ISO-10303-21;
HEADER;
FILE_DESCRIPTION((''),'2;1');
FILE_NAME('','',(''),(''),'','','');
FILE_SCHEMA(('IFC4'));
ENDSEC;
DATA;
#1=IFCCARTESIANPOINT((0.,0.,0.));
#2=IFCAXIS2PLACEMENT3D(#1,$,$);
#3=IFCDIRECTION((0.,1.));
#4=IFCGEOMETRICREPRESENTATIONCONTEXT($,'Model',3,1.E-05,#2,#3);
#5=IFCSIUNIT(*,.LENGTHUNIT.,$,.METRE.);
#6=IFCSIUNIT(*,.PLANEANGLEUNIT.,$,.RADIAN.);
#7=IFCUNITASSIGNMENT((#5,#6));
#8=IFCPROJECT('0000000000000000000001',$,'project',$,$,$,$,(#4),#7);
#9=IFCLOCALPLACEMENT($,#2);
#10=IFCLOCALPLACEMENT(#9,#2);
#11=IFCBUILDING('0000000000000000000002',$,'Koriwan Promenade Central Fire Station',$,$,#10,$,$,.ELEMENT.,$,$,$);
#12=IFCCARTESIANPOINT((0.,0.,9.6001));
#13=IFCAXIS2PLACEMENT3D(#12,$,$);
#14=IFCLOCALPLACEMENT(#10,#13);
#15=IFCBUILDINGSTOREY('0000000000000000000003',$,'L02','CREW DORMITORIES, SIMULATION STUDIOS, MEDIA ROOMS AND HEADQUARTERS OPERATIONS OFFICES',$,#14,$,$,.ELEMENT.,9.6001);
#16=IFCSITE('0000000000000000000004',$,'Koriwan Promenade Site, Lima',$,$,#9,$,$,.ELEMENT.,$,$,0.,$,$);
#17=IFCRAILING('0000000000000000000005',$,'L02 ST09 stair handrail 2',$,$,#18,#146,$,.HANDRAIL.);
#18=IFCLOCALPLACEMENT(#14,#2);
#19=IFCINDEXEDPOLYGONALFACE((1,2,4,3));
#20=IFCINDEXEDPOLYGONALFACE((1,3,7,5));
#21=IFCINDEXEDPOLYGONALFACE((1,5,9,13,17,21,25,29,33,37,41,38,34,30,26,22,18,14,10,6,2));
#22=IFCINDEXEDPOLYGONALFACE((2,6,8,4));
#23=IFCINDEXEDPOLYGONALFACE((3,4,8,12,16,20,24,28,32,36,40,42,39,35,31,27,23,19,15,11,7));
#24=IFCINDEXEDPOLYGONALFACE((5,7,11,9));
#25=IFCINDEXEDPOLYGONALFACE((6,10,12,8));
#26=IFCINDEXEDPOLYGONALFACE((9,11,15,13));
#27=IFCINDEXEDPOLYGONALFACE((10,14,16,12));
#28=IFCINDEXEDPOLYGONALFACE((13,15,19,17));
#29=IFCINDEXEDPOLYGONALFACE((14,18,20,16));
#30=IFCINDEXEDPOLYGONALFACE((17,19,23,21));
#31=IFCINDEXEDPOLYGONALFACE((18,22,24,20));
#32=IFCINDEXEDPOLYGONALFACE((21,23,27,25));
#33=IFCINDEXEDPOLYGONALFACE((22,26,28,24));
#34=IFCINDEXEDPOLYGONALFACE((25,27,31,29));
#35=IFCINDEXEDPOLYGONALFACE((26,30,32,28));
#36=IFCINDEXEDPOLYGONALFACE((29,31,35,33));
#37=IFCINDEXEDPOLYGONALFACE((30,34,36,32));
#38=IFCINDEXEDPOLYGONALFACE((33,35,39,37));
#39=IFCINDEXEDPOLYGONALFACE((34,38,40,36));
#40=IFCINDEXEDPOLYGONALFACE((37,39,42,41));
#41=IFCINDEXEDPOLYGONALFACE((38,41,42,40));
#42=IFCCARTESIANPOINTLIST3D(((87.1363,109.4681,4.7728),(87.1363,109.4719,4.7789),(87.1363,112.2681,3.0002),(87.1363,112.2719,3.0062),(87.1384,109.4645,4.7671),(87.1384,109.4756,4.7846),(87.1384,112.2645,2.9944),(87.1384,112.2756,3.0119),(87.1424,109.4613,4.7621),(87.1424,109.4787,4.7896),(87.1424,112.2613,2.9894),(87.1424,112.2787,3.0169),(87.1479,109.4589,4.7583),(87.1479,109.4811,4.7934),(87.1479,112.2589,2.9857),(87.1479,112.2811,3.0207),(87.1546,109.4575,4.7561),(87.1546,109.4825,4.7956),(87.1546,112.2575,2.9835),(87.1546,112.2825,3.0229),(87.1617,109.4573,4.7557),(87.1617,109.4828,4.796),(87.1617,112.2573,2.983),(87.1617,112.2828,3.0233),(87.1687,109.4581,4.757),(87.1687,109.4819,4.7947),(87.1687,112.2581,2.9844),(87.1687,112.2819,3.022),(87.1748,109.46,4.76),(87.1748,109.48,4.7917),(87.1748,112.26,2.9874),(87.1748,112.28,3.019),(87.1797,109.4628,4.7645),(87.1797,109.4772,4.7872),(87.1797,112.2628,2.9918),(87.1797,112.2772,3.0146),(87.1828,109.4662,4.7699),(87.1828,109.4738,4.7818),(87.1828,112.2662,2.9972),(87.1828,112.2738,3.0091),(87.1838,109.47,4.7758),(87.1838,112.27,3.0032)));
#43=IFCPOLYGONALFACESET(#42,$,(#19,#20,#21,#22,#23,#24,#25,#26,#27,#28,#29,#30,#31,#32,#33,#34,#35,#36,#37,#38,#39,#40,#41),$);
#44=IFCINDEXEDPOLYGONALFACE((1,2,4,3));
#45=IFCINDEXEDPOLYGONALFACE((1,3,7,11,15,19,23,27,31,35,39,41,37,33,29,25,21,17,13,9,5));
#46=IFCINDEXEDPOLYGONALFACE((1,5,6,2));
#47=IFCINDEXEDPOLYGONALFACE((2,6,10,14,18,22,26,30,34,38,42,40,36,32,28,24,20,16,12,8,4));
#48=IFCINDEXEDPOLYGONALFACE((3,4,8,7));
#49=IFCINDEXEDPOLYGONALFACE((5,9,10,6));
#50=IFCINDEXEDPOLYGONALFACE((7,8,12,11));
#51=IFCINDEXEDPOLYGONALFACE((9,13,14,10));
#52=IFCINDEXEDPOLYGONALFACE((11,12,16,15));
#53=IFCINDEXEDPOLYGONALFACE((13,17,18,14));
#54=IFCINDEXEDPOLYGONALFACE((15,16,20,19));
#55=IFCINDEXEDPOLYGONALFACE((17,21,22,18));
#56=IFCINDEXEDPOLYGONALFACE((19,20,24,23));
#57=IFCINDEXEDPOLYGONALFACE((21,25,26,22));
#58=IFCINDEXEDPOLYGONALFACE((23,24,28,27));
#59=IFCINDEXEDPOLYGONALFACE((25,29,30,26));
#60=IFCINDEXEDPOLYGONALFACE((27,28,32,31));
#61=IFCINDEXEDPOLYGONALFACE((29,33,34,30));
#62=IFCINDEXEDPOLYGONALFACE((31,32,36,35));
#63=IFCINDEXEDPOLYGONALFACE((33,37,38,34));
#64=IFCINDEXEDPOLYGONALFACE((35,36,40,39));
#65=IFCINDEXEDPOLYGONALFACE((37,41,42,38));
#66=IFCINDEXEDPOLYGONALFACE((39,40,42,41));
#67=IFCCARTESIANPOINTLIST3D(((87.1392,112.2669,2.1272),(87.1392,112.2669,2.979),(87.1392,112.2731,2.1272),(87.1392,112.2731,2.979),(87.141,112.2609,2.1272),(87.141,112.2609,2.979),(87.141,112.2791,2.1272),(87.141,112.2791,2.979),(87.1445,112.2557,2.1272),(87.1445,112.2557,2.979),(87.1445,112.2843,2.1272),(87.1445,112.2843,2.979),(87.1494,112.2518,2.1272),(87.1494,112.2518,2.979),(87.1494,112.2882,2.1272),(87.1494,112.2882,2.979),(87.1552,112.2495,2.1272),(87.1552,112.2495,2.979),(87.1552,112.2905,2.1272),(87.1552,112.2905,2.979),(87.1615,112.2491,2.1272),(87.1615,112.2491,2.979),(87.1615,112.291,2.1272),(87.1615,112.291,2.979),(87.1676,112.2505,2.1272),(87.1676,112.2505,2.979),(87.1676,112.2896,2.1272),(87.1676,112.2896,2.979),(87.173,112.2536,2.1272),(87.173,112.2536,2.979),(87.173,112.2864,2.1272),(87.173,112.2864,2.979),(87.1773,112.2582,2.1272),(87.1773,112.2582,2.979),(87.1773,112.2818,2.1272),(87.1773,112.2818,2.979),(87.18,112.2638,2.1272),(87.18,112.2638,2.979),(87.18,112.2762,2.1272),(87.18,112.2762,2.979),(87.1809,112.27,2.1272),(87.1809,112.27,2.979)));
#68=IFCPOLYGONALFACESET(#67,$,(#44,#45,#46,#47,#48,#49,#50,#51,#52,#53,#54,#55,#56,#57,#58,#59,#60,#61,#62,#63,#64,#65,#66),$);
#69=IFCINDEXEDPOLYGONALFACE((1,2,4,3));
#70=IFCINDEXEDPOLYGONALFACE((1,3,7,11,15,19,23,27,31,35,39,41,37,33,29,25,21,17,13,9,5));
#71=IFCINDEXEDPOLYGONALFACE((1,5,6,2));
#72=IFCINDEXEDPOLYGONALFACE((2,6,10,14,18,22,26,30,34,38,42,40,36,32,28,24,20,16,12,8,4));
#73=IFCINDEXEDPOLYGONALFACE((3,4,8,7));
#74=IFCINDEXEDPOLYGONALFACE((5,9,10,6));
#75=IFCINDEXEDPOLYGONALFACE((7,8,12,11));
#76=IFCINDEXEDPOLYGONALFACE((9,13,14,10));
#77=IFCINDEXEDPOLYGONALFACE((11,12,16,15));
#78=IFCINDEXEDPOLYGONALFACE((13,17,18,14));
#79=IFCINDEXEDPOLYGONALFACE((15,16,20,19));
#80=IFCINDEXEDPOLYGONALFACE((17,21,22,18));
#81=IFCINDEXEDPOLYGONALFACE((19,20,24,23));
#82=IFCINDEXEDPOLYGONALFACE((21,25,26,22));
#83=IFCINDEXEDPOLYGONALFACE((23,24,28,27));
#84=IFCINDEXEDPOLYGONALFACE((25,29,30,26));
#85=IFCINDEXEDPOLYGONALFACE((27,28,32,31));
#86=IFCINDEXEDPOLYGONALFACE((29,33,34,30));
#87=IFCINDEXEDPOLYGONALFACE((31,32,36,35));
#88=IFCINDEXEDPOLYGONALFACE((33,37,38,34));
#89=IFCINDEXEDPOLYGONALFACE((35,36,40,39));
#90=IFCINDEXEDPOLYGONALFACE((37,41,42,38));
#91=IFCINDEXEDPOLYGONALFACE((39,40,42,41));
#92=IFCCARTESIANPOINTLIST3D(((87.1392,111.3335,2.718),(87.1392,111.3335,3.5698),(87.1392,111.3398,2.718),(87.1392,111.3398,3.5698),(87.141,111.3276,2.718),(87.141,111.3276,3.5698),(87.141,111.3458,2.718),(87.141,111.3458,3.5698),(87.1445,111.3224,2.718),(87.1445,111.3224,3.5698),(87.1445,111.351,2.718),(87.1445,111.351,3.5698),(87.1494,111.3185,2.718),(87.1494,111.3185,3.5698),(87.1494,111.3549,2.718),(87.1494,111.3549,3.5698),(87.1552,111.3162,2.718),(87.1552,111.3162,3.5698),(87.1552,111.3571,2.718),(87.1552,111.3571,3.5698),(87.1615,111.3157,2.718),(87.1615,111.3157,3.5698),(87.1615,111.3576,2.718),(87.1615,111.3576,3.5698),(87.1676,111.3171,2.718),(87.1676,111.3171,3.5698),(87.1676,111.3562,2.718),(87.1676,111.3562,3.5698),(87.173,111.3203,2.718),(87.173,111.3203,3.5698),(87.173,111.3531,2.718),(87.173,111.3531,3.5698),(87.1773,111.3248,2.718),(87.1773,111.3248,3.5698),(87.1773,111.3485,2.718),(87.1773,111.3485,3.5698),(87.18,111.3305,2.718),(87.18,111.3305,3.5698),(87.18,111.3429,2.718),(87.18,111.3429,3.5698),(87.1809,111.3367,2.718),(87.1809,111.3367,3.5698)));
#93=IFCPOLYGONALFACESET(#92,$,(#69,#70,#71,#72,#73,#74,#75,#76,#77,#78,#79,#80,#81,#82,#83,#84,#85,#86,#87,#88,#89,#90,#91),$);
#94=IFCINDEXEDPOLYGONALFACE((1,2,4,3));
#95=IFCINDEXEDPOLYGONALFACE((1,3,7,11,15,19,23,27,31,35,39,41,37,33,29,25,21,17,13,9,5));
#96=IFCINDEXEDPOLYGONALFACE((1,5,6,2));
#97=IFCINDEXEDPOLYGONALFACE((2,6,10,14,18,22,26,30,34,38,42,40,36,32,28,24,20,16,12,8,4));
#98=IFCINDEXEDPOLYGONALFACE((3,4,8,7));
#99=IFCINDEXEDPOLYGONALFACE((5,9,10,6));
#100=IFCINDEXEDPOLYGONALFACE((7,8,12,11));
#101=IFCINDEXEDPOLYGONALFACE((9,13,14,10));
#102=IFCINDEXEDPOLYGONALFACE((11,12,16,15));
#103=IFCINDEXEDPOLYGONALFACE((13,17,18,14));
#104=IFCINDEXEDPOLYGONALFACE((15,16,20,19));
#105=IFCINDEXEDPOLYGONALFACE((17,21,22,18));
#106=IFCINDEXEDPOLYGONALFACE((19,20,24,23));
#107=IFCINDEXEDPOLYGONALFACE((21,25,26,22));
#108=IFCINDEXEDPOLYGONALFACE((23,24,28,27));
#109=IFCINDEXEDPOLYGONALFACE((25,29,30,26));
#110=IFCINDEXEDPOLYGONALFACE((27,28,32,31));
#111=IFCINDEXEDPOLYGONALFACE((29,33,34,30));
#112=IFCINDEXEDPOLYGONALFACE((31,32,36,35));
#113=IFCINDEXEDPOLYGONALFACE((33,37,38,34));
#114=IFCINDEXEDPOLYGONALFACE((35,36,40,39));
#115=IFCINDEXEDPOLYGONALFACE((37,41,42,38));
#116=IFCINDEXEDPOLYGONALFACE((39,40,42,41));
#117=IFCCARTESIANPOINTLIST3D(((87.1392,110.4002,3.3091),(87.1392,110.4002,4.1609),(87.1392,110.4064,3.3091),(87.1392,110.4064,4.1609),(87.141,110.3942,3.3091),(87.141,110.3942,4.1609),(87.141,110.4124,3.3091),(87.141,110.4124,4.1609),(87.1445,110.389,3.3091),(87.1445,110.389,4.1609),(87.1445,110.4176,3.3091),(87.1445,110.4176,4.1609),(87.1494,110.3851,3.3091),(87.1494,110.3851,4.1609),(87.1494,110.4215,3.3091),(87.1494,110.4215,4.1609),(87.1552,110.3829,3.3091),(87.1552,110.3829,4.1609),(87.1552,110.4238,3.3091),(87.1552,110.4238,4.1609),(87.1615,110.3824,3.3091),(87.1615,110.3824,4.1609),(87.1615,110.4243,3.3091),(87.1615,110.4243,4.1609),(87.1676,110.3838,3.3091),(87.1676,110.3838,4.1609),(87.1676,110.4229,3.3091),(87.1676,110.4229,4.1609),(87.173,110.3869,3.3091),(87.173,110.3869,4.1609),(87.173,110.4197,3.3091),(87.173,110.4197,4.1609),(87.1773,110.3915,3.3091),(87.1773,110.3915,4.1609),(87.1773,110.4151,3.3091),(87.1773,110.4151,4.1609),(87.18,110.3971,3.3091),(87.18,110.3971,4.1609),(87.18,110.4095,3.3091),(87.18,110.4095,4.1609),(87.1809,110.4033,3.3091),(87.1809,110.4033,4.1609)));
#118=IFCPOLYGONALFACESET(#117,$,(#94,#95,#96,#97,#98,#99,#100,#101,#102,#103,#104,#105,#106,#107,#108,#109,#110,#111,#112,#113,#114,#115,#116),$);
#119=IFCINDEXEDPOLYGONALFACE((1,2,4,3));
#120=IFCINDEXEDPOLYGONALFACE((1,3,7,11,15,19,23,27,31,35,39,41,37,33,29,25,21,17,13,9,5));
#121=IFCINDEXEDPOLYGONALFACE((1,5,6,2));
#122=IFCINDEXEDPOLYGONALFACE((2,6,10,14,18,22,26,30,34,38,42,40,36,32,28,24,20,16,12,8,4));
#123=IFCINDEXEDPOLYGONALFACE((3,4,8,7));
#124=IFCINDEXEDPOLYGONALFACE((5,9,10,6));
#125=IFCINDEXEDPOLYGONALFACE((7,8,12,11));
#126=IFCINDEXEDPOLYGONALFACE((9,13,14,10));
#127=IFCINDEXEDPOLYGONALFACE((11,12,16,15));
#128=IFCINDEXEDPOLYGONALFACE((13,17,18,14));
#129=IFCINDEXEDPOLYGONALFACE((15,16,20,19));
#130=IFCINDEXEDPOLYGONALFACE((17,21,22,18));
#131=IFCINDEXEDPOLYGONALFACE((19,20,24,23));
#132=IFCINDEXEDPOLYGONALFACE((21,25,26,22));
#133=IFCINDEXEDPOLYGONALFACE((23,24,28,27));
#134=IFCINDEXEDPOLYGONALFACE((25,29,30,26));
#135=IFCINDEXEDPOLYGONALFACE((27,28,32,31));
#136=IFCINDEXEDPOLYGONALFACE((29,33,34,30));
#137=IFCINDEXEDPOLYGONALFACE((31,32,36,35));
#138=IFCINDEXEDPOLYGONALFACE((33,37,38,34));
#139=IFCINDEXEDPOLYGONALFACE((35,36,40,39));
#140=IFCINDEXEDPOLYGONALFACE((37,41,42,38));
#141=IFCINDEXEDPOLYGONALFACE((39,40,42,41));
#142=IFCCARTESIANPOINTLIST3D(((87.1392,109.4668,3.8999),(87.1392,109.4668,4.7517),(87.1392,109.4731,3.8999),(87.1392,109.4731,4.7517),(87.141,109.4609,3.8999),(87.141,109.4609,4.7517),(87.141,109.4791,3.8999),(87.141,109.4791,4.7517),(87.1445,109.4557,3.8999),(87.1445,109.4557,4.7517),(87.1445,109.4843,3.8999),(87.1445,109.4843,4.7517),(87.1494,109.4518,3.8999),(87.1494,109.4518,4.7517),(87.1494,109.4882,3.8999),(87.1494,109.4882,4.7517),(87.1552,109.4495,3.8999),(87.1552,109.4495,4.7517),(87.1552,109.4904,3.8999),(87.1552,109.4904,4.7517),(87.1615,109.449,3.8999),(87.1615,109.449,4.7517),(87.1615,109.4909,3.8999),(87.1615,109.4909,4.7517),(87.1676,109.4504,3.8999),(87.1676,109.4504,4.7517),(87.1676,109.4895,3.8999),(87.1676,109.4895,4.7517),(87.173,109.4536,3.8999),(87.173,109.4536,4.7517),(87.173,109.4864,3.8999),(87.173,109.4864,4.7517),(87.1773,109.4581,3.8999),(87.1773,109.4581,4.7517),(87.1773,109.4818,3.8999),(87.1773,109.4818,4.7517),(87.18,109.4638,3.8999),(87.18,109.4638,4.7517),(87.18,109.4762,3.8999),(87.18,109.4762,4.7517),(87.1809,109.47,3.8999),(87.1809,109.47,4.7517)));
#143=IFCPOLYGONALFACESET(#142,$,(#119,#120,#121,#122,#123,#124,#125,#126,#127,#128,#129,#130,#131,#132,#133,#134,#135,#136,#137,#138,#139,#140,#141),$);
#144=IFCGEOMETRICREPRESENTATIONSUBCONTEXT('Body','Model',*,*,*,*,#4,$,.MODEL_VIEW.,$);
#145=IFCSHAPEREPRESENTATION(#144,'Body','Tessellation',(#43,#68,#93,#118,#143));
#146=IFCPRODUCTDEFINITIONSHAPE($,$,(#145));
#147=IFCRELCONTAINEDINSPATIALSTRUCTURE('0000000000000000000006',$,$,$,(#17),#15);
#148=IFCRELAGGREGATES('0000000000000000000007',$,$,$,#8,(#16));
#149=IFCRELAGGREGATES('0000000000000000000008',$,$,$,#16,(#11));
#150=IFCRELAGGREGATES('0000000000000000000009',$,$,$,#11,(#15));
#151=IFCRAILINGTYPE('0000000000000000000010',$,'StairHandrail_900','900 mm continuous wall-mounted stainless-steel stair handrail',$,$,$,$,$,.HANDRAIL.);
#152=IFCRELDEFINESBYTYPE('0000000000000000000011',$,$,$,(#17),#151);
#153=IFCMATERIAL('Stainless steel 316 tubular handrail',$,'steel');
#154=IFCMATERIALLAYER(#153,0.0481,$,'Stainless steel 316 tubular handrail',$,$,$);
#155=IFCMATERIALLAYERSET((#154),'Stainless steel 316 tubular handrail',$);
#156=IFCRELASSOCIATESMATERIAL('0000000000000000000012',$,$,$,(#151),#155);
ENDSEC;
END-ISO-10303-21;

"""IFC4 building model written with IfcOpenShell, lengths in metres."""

from ifc_helpers import new_model, si_unit, direction, frame, origin, origin_2d, place, context, subcontext, project, spatial, circle, extrude, material, layer, layer_set, type_object, element, save


model = new_model("IFC4")

# Units and contexts
model_context = context("Model", 3, precision=1e-05, world=origin(), true_north=direction((0.0, 1.0)))
body_context = subcontext(model_context, "Body", "Model", "MODEL_VIEW")
ifc_project = project(units=[si_unit("LENGTHUNIT", "METRE"), si_unit("PLANEANGLEUNIT", "RADIAN")], contexts=[model_context])

# Site, building, storey
site_placement = place(None, origin())
site = spatial("IfcSite", under=ifc_project, at=site_placement, Name="Koriwan Promenade Site, Lima", CompositionType="ELEMENT", RefElevation=0.0)
building_placement = place(site_placement, origin())
building = spatial("IfcBuilding", under=site, at=building_placement, Name="Koriwan Promenade Central Fire Station", CompositionType="ELEMENT")
storey_placement = place(building_placement, frame((0.0, 0.0, 9.6001)))
storey = spatial("IfcBuildingStorey", under=building, at=storey_placement, Name="L02", Description="CREW DORMITORIES, SIMULATION STUDIOS, MEDIA ROOMS AND HEADQUARTERS OPERATIONS OFFICES", CompositionType="ELEMENT", Elevation=9.6001)

# Railing
ifc_material_1 = material(Name="Stainless steel 316 tubular handrail", Category="steel")
ifc_layer_1 = layer(ifc_material_1, 0.0481, Name="Stainless steel 316 tubular handrail")
ifc_layer_set_1 = layer_set([ifc_layer_1], Name="Stainless steel 316 tubular handrail")
railing_type_1 = type_object("IfcRailingType", Name="StairHandrail_900", Description="900 mm continuous wall-mounted stainless-steel stair handrail", PredefinedType="HANDRAIL", material=ifc_layer_set_1)
railing_1_placement = place(storey_placement, frame((87.1599, 112.27, 2.1272)))
element("IfcRailing", 1, at=railing_1_placement, inside=storey, type_object=railing_type_1, Name="L02 ST09 stair handrail 2", PredefinedType="HANDRAIL", context=body_context, shape_type="SweptSolid", body=[
    extrude(circle(Radius=0.0239, at=origin_2d()), frame((0.0, 0.0, 0.876), z_axis=(0.0, -0.844909, 0.53491), x_axis=(1.0, 0.0, 0.0)), (0.0, 0.0, 1.0), 3.314),
    extrude(circle(Radius=0.021, at=origin_2d()), origin(), (0.0, 0.0, 1.0), 0.8518),
    extrude(circle(Radius=0.021, at=origin_2d()), frame((0.0, -0.9333, 0.5908)), (0.0, 0.0, 1.0), 0.8518),
    extrude(circle(Radius=0.021, at=origin_2d()), frame((0.0, -1.8667, 1.1819)), (0.0, 0.0, 1.0), 0.8518),
    extrude(circle(Radius=0.021, at=origin_2d()), frame((0.0, -2.8, 1.7727)), (0.0, 0.0, 1.0), 0.8518),
])

save(model, "model.ifc")
